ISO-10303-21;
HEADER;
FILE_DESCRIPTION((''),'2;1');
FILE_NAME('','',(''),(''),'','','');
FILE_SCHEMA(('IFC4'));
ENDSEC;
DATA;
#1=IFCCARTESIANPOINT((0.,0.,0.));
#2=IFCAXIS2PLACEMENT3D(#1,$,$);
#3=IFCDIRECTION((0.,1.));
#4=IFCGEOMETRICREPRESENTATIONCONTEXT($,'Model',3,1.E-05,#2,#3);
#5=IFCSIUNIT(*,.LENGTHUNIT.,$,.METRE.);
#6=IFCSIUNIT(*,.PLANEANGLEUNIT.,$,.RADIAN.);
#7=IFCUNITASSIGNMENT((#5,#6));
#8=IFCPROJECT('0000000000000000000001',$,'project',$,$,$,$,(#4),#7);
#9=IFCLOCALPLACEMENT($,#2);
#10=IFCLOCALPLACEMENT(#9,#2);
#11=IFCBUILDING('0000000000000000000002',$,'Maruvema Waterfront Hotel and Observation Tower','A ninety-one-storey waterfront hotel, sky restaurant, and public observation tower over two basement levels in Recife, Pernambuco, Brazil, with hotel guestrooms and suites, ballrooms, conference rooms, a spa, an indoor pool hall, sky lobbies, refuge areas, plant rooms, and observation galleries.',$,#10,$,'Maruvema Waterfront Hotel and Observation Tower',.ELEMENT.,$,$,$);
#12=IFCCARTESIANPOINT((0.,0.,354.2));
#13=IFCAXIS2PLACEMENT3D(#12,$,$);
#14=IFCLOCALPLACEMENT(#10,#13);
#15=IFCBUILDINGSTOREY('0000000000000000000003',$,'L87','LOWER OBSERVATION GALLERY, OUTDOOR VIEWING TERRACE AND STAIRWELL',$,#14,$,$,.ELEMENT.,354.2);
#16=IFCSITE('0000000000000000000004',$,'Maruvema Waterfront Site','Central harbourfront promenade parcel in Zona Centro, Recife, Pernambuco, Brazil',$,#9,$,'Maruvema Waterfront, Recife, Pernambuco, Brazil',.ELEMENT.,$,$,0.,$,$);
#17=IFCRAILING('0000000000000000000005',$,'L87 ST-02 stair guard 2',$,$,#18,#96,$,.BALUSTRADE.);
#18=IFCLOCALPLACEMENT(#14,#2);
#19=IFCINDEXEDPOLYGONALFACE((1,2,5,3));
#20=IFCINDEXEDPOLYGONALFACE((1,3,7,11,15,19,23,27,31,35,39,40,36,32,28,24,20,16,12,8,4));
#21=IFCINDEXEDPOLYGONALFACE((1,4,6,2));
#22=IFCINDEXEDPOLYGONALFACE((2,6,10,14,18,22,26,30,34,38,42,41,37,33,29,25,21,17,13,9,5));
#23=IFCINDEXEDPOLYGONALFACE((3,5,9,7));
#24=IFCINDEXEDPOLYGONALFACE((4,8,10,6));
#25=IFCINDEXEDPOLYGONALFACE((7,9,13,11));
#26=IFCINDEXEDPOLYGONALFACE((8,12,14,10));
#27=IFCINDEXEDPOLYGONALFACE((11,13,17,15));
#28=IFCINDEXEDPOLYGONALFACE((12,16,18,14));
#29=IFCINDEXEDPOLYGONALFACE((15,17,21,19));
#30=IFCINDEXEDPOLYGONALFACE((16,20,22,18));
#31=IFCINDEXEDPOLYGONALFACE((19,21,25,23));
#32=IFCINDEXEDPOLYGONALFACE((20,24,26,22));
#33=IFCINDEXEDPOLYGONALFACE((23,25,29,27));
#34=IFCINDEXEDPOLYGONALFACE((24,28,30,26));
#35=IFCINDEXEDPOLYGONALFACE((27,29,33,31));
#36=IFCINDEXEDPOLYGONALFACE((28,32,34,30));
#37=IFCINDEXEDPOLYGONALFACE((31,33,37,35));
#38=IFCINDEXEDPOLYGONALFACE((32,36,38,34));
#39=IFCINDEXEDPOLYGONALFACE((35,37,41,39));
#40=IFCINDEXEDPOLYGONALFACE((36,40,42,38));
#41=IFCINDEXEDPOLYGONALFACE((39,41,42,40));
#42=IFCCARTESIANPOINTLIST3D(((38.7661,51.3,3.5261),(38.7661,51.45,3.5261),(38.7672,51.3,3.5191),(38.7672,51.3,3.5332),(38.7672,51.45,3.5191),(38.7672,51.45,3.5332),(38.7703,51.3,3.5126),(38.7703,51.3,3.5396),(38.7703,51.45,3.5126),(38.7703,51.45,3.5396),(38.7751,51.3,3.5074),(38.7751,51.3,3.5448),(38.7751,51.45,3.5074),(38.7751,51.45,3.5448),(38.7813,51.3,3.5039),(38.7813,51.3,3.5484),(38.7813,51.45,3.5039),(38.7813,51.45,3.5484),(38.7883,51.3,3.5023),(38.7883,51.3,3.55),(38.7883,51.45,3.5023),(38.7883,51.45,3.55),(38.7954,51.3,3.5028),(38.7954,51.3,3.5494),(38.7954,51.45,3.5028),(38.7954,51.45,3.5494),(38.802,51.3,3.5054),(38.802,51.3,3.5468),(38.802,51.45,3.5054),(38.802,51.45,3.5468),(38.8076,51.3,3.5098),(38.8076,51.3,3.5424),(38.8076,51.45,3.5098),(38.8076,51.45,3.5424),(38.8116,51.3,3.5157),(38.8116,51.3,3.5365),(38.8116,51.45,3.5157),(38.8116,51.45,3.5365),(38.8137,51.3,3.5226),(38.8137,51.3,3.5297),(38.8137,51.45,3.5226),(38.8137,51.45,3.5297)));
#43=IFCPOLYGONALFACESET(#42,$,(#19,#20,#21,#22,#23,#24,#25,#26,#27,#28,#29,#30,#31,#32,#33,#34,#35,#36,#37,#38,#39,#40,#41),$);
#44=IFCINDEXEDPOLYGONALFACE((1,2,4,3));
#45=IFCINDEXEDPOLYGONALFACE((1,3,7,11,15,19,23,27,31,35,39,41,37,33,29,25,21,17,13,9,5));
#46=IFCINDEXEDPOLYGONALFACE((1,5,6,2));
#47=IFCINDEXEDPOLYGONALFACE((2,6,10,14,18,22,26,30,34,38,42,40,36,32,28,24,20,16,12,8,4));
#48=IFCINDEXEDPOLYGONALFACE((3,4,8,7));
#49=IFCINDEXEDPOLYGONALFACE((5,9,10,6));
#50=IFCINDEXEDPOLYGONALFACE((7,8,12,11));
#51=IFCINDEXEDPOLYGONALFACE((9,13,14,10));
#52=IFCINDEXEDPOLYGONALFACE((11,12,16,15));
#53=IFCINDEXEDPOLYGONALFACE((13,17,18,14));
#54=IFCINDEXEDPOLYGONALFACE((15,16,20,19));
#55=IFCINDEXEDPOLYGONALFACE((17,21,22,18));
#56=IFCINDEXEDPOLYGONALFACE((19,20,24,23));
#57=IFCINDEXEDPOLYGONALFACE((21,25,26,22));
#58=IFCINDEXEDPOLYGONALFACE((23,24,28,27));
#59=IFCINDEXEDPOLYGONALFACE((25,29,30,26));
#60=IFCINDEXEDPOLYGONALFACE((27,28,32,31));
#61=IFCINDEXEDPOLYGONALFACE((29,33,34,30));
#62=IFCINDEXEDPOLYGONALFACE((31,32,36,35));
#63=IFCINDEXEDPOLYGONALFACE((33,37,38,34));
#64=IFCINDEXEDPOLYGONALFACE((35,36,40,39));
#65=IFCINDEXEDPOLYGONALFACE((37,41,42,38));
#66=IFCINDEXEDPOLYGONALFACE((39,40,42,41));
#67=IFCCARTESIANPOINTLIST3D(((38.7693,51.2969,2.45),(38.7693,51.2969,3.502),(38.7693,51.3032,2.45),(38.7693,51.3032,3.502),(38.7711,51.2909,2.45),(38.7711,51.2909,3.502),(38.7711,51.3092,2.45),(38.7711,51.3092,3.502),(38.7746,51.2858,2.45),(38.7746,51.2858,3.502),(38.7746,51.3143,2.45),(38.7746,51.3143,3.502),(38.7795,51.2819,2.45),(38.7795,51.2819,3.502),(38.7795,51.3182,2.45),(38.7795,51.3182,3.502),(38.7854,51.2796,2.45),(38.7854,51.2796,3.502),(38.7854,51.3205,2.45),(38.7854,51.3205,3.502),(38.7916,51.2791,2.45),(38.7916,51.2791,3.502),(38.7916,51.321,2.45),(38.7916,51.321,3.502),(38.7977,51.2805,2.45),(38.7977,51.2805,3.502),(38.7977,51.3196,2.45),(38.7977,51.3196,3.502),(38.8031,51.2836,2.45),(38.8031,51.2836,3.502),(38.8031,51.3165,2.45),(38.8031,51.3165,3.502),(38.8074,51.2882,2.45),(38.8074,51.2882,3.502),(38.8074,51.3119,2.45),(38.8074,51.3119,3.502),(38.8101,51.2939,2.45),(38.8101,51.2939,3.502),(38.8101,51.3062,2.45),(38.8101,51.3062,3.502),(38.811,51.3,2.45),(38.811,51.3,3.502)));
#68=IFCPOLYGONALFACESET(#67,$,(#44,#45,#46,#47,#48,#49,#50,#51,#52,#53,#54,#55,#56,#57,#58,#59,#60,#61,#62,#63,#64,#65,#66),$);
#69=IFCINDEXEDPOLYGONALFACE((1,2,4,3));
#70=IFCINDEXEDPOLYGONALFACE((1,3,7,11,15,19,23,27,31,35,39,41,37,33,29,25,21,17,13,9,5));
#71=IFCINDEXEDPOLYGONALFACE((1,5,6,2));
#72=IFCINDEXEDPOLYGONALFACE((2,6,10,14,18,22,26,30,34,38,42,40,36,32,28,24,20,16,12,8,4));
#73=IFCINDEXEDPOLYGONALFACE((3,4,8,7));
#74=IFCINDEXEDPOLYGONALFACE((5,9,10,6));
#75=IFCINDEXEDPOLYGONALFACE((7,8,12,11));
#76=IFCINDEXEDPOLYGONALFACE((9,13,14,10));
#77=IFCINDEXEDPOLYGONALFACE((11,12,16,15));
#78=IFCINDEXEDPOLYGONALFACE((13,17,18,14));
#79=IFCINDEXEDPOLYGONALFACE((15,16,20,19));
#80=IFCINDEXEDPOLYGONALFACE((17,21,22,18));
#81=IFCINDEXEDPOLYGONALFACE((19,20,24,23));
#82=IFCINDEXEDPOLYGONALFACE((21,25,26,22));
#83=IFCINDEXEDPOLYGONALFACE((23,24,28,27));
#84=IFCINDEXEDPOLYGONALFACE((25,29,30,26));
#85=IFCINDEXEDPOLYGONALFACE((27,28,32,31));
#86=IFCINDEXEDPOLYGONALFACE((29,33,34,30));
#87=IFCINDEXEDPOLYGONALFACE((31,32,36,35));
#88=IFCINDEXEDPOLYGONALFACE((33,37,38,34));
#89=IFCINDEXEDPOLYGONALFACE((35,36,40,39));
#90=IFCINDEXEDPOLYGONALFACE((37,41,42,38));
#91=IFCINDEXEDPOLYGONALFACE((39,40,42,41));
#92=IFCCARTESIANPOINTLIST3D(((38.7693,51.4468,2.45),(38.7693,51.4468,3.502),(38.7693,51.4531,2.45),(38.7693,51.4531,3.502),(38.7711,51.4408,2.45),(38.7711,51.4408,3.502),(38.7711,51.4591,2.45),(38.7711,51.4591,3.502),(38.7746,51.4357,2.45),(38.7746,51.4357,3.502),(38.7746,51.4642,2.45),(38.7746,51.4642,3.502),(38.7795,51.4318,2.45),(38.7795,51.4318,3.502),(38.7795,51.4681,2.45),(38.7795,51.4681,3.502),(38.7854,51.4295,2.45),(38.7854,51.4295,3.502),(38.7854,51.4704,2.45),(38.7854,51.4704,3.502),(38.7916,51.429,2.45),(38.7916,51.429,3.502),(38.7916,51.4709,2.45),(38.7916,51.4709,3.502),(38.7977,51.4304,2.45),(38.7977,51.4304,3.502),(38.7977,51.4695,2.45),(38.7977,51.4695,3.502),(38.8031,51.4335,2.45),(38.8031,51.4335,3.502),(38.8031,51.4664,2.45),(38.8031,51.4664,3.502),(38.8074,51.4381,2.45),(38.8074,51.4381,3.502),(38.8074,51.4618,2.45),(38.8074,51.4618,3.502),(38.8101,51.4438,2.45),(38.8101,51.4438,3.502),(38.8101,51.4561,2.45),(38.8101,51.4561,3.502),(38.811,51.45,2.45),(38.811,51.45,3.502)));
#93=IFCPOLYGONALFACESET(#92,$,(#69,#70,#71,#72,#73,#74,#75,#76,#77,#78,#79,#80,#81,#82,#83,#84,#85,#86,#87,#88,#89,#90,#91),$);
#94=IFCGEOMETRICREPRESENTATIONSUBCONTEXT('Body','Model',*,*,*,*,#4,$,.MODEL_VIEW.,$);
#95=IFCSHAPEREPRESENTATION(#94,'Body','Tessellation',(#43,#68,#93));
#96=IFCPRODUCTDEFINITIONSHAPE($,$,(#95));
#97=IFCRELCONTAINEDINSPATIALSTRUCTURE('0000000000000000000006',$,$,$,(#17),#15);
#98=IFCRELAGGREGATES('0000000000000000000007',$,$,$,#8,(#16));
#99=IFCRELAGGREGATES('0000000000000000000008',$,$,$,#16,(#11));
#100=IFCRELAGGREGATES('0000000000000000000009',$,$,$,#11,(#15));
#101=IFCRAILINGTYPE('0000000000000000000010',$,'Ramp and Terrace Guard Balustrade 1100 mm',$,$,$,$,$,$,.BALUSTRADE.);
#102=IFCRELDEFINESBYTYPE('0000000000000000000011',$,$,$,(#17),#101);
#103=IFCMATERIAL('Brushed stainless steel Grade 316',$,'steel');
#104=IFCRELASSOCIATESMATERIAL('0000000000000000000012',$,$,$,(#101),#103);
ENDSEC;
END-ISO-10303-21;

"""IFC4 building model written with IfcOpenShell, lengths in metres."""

from ifc_helpers import new_model, si_unit, direction, frame, origin, origin_2d, place, context, subcontext, project, spatial, circle, extrude, material, type_object, element, save


model = new_model("IFC4")

# Units and contexts
model_context = context("Model", 3, precision=1e-05, world=origin(), true_north=direction((0.0, 1.0)))
body_context = subcontext(model_context, "Body", "Model", "MODEL_VIEW")
ifc_project = project(units=[si_unit("LENGTHUNIT", "METRE"), si_unit("PLANEANGLEUNIT", "RADIAN")], contexts=[model_context])

# Site, building, storey
site_placement = place(None, origin())
site = spatial("IfcSite", under=ifc_project, at=site_placement, Name="Maruvema Waterfront Site", Description="Central harbourfront promenade parcel in Zona Centro, Recife, Pernambuco, Brazil", LongName="Maruvema Waterfront, Recife, Pernambuco, Brazil", CompositionType="ELEMENT", RefElevation=0.0)
building_placement = place(site_placement, origin())
building = spatial("IfcBuilding", under=site, at=building_placement, Name="Maruvema Waterfront Hotel and Observation Tower", Description="A ninety-one-storey waterfront hotel, sky restaurant, and public observation tower over two basement levels in Recife, Pernambuco, Brazil, with hotel guestrooms and suites, ballrooms, conference rooms, a spa, an indoor pool hall, sky lobbies, refuge areas, plant rooms, and observation galleries.", LongName="Maruvema Waterfront Hotel and Observation Tower", CompositionType="ELEMENT")
storey_placement = place(building_placement, frame((0.0, 0.0, 354.2)))
storey = spatial("IfcBuildingStorey", under=building, at=storey_placement, Name="L87", Description="LOWER OBSERVATION GALLERY, OUTDOOR VIEWING TERRACE AND STAIRWELL", CompositionType="ELEMENT", Elevation=354.2)

# Railing
ifc_material_1 = material(Name="Brushed stainless steel Grade 316", Category="steel")
railing_type_1 = type_object("IfcRailingType", Name="Ramp and Terrace Guard Balustrade 1100 mm", PredefinedType="BALUSTRADE", material=ifc_material_1)
railing_1_placement = place(storey_placement, frame((38.79, 51.3, 2.45)))
element("IfcRailing", 1, at=railing_1_placement, inside=storey, type_object=railing_type_1, Name="L87 ST-02 stair guard 2", PredefinedType="BALUSTRADE", context=body_context, shape_type="SweptSolid", body=[
    extrude(circle(Radius=0.0239, at=origin_2d()), frame((0.0, 0.0, 1.0762), z_axis=(0.0, 1.0, 0.0), x_axis=(-1.0, 0.0, 0.0)), (0.0, 0.0, 1.0), 0.1499),
    extrude(circle(Radius=0.021, at=origin_2d()), origin(), (0.0, 0.0, 1.0), 1.052),
    extrude(circle(Radius=0.021, at=origin_2d()), frame((0.0, 0.1499, 0.0)), (0.0, 0.0, 1.0), 1.052),
])

save(model, "model.ifc")
